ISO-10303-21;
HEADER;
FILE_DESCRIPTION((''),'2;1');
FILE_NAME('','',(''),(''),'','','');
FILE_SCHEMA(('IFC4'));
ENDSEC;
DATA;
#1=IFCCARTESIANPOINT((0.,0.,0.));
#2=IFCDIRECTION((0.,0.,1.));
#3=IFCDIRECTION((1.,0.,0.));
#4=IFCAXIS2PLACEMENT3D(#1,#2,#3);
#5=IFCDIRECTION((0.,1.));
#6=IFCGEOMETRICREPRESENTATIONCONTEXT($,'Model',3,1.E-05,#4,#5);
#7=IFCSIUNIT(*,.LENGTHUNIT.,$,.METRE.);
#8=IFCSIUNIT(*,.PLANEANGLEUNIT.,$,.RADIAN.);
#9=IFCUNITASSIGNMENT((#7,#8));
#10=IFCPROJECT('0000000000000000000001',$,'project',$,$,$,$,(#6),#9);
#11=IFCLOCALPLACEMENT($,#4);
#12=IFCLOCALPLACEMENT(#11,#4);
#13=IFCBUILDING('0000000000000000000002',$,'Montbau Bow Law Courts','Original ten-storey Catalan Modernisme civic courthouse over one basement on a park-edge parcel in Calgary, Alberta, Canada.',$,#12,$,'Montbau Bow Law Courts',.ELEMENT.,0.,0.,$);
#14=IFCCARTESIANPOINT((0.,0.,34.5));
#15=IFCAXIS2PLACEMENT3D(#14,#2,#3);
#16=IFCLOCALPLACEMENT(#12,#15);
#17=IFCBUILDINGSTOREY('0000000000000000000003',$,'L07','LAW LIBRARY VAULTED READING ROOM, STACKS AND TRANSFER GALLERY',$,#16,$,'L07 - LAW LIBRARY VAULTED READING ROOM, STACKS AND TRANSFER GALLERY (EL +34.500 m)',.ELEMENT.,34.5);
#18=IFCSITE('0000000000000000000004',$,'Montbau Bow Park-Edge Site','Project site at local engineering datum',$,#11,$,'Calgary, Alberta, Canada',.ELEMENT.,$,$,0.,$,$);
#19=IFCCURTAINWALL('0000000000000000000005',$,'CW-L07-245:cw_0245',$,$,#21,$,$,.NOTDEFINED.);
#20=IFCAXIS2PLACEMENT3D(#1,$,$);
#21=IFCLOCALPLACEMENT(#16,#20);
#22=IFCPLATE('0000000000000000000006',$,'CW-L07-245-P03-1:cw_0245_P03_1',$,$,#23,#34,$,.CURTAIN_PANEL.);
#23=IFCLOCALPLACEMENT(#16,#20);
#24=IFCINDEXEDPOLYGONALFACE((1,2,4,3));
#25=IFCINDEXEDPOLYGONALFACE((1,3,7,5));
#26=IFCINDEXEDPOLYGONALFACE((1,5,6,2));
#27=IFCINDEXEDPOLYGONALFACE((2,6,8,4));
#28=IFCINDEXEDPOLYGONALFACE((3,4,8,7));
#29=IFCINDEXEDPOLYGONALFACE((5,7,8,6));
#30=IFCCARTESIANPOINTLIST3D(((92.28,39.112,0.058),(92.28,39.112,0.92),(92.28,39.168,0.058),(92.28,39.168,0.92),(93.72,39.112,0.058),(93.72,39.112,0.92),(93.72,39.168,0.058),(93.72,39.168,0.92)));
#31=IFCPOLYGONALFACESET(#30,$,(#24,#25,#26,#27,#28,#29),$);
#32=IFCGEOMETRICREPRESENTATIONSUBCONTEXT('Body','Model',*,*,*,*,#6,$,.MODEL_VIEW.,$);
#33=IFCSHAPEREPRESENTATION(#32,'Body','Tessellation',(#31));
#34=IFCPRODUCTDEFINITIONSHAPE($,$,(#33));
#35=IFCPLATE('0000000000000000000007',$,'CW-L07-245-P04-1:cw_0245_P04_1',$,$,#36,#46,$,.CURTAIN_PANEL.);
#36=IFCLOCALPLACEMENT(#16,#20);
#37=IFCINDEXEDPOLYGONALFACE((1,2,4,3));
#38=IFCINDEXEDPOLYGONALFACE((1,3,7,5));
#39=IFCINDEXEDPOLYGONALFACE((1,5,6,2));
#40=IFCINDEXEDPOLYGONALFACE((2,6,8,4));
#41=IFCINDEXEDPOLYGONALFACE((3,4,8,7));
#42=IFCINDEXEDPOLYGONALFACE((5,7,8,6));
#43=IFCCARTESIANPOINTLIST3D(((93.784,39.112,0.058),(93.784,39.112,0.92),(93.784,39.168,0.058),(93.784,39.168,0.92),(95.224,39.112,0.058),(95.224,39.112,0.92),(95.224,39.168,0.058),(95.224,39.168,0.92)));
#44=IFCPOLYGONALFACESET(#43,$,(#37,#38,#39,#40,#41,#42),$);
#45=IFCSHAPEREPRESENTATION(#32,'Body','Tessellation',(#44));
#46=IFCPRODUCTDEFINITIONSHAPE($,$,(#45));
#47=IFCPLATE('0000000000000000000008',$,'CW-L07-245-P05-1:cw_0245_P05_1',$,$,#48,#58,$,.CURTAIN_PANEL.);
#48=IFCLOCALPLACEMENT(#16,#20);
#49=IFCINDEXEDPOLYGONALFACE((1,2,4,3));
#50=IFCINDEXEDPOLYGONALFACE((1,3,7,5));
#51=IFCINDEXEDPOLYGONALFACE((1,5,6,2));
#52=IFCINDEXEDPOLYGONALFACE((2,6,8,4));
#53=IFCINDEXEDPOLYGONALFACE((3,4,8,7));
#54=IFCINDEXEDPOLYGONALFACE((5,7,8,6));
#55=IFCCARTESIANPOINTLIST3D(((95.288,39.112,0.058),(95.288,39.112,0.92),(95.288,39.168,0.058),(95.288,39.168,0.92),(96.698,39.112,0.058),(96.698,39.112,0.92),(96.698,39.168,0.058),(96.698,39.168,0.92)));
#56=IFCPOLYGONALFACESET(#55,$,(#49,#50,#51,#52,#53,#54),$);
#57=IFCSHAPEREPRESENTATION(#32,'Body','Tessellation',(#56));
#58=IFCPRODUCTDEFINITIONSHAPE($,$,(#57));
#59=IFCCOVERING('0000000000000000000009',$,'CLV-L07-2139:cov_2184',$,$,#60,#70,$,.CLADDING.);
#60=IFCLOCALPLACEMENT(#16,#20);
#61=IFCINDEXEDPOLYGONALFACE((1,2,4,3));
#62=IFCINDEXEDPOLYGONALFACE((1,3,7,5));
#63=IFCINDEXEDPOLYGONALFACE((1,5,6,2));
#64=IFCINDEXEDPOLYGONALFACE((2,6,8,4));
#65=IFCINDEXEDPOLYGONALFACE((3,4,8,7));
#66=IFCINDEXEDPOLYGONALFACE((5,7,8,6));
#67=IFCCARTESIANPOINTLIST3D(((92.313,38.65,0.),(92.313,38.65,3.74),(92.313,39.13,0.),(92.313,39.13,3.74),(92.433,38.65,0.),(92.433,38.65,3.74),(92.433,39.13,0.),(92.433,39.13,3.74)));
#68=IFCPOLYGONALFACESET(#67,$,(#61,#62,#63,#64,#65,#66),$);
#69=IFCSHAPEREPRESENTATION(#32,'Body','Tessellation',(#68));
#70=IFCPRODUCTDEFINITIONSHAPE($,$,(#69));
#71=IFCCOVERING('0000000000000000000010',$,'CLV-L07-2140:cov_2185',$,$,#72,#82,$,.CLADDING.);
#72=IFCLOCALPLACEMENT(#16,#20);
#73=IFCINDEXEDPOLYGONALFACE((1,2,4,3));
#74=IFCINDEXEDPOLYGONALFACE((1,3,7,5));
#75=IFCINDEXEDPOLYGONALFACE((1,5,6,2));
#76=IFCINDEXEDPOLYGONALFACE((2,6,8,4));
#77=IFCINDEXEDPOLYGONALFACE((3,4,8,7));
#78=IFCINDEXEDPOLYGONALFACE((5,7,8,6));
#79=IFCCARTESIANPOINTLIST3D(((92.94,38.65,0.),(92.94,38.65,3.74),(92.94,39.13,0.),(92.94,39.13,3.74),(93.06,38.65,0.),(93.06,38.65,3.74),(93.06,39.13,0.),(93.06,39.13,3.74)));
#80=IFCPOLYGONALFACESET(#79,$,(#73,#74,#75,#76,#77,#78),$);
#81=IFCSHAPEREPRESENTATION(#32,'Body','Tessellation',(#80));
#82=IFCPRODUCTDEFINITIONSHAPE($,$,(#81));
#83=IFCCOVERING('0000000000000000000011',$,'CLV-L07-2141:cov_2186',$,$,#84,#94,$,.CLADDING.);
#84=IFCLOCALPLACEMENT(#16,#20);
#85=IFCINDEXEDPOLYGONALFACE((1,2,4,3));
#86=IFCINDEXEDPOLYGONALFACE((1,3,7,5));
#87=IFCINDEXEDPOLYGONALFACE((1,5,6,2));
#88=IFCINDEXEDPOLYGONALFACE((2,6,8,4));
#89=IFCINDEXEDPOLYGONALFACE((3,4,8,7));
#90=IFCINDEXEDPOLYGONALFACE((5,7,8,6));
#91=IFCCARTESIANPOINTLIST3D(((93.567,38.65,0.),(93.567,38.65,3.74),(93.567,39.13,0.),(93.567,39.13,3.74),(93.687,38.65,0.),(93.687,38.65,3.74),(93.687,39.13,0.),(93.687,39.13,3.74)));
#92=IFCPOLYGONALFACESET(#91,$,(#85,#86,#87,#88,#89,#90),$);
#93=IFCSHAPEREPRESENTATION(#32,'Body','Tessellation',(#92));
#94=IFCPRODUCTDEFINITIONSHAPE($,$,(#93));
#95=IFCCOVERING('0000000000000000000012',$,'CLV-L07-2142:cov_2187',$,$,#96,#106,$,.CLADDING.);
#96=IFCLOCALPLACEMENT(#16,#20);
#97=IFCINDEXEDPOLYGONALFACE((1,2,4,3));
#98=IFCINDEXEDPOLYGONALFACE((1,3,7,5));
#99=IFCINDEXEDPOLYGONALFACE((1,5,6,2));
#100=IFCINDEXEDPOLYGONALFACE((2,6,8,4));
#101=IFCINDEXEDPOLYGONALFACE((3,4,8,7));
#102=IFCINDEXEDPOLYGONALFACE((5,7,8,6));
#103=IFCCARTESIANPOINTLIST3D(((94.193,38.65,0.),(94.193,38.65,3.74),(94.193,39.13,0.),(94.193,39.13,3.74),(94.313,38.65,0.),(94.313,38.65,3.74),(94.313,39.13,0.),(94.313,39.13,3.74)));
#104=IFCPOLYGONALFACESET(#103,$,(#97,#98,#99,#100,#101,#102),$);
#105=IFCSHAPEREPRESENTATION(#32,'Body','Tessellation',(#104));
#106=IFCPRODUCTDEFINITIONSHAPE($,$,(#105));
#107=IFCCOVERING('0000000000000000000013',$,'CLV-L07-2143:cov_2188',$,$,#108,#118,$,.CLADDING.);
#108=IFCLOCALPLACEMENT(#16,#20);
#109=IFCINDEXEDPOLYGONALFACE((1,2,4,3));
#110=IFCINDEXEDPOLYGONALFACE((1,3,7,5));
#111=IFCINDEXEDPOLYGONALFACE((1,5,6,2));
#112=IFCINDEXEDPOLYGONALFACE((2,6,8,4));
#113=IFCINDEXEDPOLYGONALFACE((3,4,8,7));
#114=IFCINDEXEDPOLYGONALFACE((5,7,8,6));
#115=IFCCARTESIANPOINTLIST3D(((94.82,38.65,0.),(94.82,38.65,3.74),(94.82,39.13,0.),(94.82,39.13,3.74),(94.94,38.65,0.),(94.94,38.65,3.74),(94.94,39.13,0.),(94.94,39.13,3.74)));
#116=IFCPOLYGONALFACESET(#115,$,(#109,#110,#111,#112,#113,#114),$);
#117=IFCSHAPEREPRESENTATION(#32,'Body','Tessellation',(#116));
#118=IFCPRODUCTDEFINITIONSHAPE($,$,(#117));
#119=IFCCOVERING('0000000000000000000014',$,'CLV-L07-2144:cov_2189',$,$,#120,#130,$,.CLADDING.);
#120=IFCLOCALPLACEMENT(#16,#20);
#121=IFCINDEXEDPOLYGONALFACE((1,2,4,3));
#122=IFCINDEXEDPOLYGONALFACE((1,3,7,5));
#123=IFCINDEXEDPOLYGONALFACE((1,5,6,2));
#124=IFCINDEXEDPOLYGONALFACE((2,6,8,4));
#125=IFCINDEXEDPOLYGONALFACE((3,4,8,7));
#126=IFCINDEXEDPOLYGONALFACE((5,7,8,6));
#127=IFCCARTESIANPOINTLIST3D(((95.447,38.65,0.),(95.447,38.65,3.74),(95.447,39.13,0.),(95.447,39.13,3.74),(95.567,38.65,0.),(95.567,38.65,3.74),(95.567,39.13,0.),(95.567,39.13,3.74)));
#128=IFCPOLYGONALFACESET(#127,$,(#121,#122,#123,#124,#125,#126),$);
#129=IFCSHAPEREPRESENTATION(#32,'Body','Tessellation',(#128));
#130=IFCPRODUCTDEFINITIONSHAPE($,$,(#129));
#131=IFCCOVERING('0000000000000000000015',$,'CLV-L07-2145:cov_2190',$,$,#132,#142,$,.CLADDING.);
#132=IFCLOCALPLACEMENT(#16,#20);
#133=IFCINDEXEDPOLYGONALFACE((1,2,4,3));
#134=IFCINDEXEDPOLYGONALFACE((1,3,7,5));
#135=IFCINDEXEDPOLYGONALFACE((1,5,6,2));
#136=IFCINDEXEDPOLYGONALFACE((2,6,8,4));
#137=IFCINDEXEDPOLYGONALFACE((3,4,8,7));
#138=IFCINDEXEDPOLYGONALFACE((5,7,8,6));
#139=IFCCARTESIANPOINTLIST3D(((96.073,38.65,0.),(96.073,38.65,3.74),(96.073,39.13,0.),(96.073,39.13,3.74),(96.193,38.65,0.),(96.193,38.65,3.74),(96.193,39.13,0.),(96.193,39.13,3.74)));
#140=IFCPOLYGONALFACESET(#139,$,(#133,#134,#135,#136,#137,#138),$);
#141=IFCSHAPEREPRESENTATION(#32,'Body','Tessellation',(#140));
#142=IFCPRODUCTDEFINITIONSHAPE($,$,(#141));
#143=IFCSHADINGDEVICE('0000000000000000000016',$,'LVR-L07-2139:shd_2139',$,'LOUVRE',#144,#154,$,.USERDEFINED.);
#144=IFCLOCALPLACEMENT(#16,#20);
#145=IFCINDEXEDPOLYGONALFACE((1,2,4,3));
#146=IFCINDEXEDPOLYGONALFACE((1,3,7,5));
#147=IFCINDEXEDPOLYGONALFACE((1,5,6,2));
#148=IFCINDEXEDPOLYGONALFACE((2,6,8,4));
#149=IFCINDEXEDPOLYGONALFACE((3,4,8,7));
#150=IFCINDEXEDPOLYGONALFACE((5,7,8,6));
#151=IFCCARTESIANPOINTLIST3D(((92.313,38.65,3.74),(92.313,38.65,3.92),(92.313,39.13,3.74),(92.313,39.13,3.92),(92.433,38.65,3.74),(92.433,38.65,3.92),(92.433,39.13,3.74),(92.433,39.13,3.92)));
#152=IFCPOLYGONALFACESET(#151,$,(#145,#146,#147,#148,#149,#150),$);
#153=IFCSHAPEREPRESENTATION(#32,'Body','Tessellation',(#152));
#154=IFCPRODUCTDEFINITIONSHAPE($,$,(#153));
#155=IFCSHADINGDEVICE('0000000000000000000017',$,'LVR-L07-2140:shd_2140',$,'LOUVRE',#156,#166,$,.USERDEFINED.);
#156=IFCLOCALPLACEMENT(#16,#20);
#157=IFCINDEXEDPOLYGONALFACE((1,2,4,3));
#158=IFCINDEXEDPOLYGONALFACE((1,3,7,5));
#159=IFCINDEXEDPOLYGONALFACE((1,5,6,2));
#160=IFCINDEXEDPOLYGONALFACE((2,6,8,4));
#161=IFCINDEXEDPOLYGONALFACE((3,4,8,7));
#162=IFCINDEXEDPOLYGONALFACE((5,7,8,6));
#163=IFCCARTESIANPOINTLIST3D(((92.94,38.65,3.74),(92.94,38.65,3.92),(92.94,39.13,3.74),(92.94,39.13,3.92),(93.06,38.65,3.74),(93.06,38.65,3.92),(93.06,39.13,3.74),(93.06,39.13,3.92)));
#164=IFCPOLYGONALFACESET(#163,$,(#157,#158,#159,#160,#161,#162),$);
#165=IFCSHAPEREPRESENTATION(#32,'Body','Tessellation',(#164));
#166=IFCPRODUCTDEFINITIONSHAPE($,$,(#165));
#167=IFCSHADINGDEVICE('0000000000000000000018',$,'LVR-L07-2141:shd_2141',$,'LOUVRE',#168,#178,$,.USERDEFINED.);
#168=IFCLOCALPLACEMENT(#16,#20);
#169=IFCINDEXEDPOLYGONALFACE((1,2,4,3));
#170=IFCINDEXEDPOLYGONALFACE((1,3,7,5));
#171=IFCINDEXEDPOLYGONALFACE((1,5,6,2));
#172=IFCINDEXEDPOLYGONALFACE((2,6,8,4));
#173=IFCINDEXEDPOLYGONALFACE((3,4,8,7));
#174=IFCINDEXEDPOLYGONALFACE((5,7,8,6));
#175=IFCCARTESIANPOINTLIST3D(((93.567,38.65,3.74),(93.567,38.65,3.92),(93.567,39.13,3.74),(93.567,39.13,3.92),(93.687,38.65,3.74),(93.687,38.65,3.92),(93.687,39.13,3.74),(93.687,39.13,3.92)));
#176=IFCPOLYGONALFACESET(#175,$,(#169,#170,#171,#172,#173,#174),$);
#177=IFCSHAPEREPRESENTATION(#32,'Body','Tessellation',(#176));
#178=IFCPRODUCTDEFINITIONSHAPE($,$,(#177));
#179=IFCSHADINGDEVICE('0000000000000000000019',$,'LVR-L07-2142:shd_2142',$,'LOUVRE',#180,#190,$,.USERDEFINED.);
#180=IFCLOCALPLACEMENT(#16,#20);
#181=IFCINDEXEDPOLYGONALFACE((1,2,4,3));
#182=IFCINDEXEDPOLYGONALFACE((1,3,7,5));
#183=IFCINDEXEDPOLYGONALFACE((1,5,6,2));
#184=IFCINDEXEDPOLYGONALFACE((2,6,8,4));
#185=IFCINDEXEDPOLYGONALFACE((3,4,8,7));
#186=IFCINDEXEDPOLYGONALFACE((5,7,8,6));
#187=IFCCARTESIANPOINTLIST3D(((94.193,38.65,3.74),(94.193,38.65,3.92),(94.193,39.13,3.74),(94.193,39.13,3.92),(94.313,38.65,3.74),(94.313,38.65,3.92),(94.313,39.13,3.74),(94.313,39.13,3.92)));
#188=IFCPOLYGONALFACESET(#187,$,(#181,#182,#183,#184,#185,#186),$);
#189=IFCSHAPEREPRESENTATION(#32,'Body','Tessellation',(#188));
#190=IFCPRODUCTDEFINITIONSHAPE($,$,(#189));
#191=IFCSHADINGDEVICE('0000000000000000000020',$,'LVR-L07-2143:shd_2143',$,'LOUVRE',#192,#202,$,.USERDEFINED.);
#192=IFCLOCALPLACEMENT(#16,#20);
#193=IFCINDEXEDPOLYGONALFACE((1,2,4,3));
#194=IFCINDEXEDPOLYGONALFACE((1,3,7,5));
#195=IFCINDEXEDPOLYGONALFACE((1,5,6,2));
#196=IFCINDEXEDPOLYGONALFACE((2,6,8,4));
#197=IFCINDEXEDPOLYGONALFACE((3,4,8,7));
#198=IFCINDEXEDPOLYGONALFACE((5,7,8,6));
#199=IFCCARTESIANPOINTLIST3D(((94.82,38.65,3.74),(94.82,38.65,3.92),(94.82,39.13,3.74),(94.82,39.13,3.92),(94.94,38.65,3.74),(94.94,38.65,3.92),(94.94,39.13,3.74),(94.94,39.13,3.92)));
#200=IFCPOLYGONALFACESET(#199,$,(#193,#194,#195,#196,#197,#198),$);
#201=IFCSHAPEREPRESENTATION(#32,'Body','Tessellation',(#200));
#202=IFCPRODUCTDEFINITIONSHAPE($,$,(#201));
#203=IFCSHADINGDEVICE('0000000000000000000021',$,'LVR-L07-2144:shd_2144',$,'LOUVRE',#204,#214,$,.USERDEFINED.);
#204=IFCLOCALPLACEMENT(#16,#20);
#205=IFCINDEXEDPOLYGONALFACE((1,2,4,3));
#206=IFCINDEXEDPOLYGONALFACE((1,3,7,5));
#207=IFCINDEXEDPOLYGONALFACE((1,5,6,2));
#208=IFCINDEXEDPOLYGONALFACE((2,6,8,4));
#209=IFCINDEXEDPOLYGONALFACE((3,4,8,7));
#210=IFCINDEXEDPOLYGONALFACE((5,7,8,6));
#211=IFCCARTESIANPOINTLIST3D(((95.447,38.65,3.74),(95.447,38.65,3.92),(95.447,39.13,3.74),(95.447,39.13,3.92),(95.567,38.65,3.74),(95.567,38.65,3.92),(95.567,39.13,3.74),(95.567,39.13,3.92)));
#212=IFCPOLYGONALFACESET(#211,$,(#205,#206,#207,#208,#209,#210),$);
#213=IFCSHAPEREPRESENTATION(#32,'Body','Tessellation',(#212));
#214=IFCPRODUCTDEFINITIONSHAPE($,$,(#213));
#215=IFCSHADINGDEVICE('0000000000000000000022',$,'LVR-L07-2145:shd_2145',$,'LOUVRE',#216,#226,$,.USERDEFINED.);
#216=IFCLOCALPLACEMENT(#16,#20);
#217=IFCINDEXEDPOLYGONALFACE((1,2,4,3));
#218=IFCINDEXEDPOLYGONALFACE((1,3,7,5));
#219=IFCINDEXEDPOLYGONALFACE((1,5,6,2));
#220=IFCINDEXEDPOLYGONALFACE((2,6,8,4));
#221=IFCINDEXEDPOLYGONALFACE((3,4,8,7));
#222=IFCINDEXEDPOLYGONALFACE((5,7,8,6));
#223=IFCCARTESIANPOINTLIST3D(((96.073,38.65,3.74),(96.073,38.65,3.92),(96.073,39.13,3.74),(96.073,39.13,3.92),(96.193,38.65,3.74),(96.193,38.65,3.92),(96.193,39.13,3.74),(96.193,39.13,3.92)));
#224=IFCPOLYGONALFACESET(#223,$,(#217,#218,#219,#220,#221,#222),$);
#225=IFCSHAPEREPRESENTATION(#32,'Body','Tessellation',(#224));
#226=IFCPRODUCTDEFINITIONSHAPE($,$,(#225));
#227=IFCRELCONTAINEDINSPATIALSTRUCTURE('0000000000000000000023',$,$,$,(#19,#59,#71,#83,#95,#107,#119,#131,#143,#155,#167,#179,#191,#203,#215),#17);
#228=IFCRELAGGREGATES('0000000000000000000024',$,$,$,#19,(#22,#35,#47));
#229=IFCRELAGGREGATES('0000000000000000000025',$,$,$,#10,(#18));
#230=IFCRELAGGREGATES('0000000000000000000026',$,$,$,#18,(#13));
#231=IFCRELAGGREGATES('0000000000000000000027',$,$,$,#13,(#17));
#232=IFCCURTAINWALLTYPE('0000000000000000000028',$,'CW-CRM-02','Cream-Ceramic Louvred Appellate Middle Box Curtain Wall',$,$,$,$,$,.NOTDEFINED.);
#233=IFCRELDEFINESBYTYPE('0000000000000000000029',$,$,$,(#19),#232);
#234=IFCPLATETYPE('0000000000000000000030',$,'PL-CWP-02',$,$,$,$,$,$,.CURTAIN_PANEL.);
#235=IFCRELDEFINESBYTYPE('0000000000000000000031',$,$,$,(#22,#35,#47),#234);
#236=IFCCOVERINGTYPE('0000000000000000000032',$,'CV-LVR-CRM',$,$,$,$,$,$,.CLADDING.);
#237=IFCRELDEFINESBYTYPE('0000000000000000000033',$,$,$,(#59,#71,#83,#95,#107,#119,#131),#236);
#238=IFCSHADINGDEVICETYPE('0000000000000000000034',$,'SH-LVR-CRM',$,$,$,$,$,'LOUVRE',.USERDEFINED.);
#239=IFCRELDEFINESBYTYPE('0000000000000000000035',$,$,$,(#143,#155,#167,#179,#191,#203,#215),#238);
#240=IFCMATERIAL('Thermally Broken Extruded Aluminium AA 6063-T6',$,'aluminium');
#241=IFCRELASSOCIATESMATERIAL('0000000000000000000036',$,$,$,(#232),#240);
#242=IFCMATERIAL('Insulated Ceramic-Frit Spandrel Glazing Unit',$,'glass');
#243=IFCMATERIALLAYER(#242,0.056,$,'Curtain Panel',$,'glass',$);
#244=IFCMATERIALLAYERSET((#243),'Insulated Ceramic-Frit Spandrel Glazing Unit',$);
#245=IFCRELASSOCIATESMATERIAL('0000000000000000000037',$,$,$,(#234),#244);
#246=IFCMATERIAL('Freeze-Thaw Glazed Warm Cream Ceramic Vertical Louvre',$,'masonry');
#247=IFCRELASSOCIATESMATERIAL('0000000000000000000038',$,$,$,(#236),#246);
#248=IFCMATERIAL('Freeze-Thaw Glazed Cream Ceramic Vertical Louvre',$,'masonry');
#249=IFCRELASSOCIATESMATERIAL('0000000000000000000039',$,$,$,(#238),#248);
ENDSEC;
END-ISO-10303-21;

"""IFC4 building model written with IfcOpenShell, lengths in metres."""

from ifc_helpers import new_model, si_unit, direction, frame, frame_2d, origin_with_axes, origin_2d_with_axis, place, context, subcontext, project, spatial, rectangle, extrude, material, layer, layer_set, type_object, element, aggregate, save


model = new_model("IFC4")

# Units and contexts
model_context = context("Model", 3, precision=1e-05, world=origin_with_axes(), true_north=direction((0.0, 1.0)))
body_context = subcontext(model_context, "Body", "Model", "MODEL_VIEW")
ifc_project = project(units=[si_unit("LENGTHUNIT", "METRE"), si_unit("PLANEANGLEUNIT", "RADIAN")], contexts=[model_context])

# Site, building, storey
site_placement = place(None, origin_with_axes())
site = spatial("IfcSite", under=ifc_project, at=site_placement, Name="Montbau Bow Park-Edge Site", Description="Project site at local engineering datum", LongName="Calgary, Alberta, Canada", CompositionType="ELEMENT", RefElevation=0.0)
building_placement = place(site_placement, origin_with_axes())
building = spatial("IfcBuilding", under=site, at=building_placement, Name="Montbau Bow Law Courts", Description="Original ten-storey Catalan Modernisme civic courthouse over one basement on a park-edge parcel in Calgary, Alberta, Canada.", LongName="Montbau Bow Law Courts", CompositionType="ELEMENT", ElevationOfRefHeight=0.0, ElevationOfTerrain=0.0)
storey_placement = place(building_placement, frame((0.0, 0.0, 34.5), z_axis=(0.0, 0.0, 1.0), x_axis=(1.0, 0.0, 0.0)))
storey = spatial("IfcBuildingStorey", under=building, at=storey_placement, Name="L07", Description="LAW LIBRARY VAULTED READING ROOM, STACKS AND TRANSFER GALLERY", LongName="L07 - LAW LIBRARY VAULTED READING ROOM, STACKS AND TRANSFER GALLERY (EL +34.500 m)", CompositionType="ELEMENT", Elevation=34.5)

# Curtain wall, plates
ifc_material_1 = material(Name="Thermally Broken Extruded Aluminium AA 6063-T6", Category="aluminium")
curtain_wall_type = type_object("IfcCurtainWallType", Name="CW-CRM-02", Description="Cream-Ceramic Louvred Appellate Middle Box Curtain Wall", PredefinedType="NOTDEFINED", material=ifc_material_1)
curtain_wall_placement = place(None, frame((89.24, 39.14, 34.5), z_axis=(0.0, 0.0, 1.0), x_axis=(1.0, 0.0, 0.0)))
curtain_wall = element("IfcCurtainWall", 1, at=curtain_wall_placement, inside=storey, type_object=curtain_wall_type, Name="CW-L07-245:cw_0245", PredefinedType="NOTDEFINED")
ifc_material_2 = material(Name="Insulated Ceramic-Frit Spandrel Glazing Unit", Category="glass")
ifc_layer_1 = layer(ifc_material_2, 0.056, Name="Curtain Panel", Category="glass")
ifc_layer_set_1 = layer_set([ifc_layer_1], Name="Insulated Ceramic-Frit Spandrel Glazing Unit")
plate_type_1 = type_object("IfcPlateType", Name="PL-CWP-02", PredefinedType="CURTAIN_PANEL", material=ifc_layer_set_1)
plate_1_placement = place(None, frame((92.28, 39.14, 34.558), z_axis=(0.0, -1.0, 0.0), x_axis=(1.0, 0.0, 0.0)))
plate_1 = element("IfcPlate", 2, at=plate_1_placement, type_object=plate_type_1, Name="CW-L07-245-P03-1:cw_0245_P03_1", PredefinedType="CURTAIN_PANEL", context=body_context, shape_type="SweptSolid", body=[
    extrude(rectangle(XDim=1.44, YDim=0.862, at=frame_2d((0.72, 0.431), x_axis=(1.0, 0.0))), frame((0.0, 0.0, -0.028), z_axis=(0.0, 0.0, 1.0), x_axis=(1.0, 0.0, 0.0)), (0.0, 0.0, 1.0), 0.056),
])
plate_2_placement = place(None, frame((93.784, 39.14, 34.558), z_axis=(0.0, -1.0, 0.0), x_axis=(1.0, 0.0, 0.0)))
plate_2 = element("IfcPlate", 3, at=plate_2_placement, type_object=plate_type_1, Name="CW-L07-245-P04-1:cw_0245_P04_1", PredefinedType="CURTAIN_PANEL", context=body_context, shape_type="SweptSolid", body=[
    extrude(rectangle(XDim=1.44, YDim=0.862, at=frame_2d((0.72, 0.431), x_axis=(1.0, 0.0))), frame((0.0, 0.0, -0.028), z_axis=(0.0, 0.0, 1.0), x_axis=(1.0, 0.0, 0.0)), (0.0, 0.0, 1.0), 0.056),
])
plate_3_placement = place(None, frame((95.288, 39.14, 34.558), z_axis=(0.0, -1.0, 0.0), x_axis=(1.0, 0.0, 0.0)))
plate_3 = element("IfcPlate", 4, at=plate_3_placement, type_object=plate_type_1, Name="CW-L07-245-P05-1:cw_0245_P05_1", PredefinedType="CURTAIN_PANEL", context=body_context, shape_type="SweptSolid", body=[
    extrude(rectangle(XDim=1.41, YDim=0.862, at=frame_2d((0.705, 0.431), x_axis=(1.0, 0.0))), frame((0.0, 0.0, -0.028), z_axis=(0.0, 0.0, 1.0), x_axis=(1.0, 0.0, 0.0)), (0.0, 0.0, 1.0), 0.056),
])
aggregate(curtain_wall, [plate_1, plate_2, plate_3])

# Coverings
ifc_material_3 = material(Name="Freeze-Thaw Glazed Warm Cream Ceramic Vertical Louvre", Category="masonry")
covering_type = type_object("IfcCoveringType", Name="CV-LVR-CRM", PredefinedType="CLADDING", material=ifc_material_3)
for number, where, z_axis, x_axis, name in (
    (5, (92.373, 39.13, 34.5), (-1.0, 0.0, 0.0), (0.0, -1.0, 0.0), "CLV-L07-2139:cov_2184"),
    (6, (93.0, 39.13, 34.5), (-1.0, 0.0, 0.0), (0.0, -1.0, 0.0), "CLV-L07-2140:cov_2185"),
    (7, (93.627, 39.13, 34.5), (-1.0, 0.0, 0.0), (0.0, -1.0, 0.0), "CLV-L07-2141:cov_2186"),
    (8, (94.253, 39.13, 34.5), (-1.0, 0.0, 0.0), (0.0, -1.0, 0.0), "CLV-L07-2142:cov_2187"),
    (9, (94.88, 39.13, 34.5), (-1.0, 0.0, 0.0), (0.0, -1.0, 0.0), "CLV-L07-2143:cov_2188"),
    (10, (95.507, 39.13, 34.5), (-1.0, 0.0, 0.0), (0.0, -1.0, 0.0), "CLV-L07-2144:cov_2189"),
    (11, (96.133, 39.13, 34.5), (-1.0, 0.0, 0.0), (0.0, -1.0, 0.0), "CLV-L07-2145:cov_2190"),
):
    element("IfcCovering", number, at=place(None, frame(where, z_axis=z_axis, x_axis=x_axis)), inside=storey, type_object=covering_type, Name=name, PredefinedType="CLADDING", context=body_context, shape_type="SweptSolid", body=[
        extrude(rectangle(XDim=0.48, YDim=3.74, at=frame_2d((0.24, 1.87), x_axis=(1.0, 0.0))), frame((0.0, 0.0, -0.06), z_axis=(0.0, 0.0, 1.0), x_axis=(1.0, 0.0, 0.0)), (0.0, 0.0, 1.0), 0.12),
    ])

# Shading devices
ifc_material_4 = material(Name="Freeze-Thaw Glazed Cream Ceramic Vertical Louvre", Category="masonry")
shading_device_type = type_object("IfcShadingDeviceType", Name="SH-LVR-CRM", ElementType="LOUVRE", PredefinedType="USERDEFINED", material=ifc_material_4)
for number, where, z_axis, x_axis, name in (
    (12, (92.373, 38.89, 38.24), (0.0, 0.0, 1.0), (0.0, -1.0, 0.0), "LVR-L07-2139:shd_2139"),
    (13, (93.0, 38.89, 38.24), (0.0, 0.0, 1.0), (0.0, -1.0, 0.0), "LVR-L07-2140:shd_2140"),
    (14, (93.627, 38.89, 38.24), (0.0, 0.0, 1.0), (0.0, -1.0, 0.0), "LVR-L07-2141:shd_2141"),
    (15, (94.253, 38.89, 38.24), (0.0, 0.0, 1.0), (0.0, -1.0, 0.0), "LVR-L07-2142:shd_2142"),
    (16, (94.88, 38.89, 38.24), (0.0, 0.0, 1.0), (0.0, -1.0, 0.0), "LVR-L07-2143:shd_2143"),
    (17, (95.507, 38.89, 38.24), (0.0, 0.0, 1.0), (0.0, -1.0, 0.0), "LVR-L07-2144:shd_2144"),
    (18, (96.133, 38.89, 38.24), (0.0, 0.0, 1.0), (0.0, -1.0, 0.0), "LVR-L07-2145:shd_2145"),
):
    element("IfcShadingDevice", number, at=place(None, frame(where, z_axis=z_axis, x_axis=x_axis)), inside=storey, type_object=shading_device_type, Name=name, ObjectType="LOUVRE", PredefinedType="USERDEFINED", context=body_context, shape_type="SweptSolid", body=[
        extrude(rectangle(XDim=0.48, YDim=0.12, at=origin_2d_with_axis()), origin_with_axes(), (0.0, 0.0, 1.0), 0.18),
    ])

save(model, "model.ifc")
